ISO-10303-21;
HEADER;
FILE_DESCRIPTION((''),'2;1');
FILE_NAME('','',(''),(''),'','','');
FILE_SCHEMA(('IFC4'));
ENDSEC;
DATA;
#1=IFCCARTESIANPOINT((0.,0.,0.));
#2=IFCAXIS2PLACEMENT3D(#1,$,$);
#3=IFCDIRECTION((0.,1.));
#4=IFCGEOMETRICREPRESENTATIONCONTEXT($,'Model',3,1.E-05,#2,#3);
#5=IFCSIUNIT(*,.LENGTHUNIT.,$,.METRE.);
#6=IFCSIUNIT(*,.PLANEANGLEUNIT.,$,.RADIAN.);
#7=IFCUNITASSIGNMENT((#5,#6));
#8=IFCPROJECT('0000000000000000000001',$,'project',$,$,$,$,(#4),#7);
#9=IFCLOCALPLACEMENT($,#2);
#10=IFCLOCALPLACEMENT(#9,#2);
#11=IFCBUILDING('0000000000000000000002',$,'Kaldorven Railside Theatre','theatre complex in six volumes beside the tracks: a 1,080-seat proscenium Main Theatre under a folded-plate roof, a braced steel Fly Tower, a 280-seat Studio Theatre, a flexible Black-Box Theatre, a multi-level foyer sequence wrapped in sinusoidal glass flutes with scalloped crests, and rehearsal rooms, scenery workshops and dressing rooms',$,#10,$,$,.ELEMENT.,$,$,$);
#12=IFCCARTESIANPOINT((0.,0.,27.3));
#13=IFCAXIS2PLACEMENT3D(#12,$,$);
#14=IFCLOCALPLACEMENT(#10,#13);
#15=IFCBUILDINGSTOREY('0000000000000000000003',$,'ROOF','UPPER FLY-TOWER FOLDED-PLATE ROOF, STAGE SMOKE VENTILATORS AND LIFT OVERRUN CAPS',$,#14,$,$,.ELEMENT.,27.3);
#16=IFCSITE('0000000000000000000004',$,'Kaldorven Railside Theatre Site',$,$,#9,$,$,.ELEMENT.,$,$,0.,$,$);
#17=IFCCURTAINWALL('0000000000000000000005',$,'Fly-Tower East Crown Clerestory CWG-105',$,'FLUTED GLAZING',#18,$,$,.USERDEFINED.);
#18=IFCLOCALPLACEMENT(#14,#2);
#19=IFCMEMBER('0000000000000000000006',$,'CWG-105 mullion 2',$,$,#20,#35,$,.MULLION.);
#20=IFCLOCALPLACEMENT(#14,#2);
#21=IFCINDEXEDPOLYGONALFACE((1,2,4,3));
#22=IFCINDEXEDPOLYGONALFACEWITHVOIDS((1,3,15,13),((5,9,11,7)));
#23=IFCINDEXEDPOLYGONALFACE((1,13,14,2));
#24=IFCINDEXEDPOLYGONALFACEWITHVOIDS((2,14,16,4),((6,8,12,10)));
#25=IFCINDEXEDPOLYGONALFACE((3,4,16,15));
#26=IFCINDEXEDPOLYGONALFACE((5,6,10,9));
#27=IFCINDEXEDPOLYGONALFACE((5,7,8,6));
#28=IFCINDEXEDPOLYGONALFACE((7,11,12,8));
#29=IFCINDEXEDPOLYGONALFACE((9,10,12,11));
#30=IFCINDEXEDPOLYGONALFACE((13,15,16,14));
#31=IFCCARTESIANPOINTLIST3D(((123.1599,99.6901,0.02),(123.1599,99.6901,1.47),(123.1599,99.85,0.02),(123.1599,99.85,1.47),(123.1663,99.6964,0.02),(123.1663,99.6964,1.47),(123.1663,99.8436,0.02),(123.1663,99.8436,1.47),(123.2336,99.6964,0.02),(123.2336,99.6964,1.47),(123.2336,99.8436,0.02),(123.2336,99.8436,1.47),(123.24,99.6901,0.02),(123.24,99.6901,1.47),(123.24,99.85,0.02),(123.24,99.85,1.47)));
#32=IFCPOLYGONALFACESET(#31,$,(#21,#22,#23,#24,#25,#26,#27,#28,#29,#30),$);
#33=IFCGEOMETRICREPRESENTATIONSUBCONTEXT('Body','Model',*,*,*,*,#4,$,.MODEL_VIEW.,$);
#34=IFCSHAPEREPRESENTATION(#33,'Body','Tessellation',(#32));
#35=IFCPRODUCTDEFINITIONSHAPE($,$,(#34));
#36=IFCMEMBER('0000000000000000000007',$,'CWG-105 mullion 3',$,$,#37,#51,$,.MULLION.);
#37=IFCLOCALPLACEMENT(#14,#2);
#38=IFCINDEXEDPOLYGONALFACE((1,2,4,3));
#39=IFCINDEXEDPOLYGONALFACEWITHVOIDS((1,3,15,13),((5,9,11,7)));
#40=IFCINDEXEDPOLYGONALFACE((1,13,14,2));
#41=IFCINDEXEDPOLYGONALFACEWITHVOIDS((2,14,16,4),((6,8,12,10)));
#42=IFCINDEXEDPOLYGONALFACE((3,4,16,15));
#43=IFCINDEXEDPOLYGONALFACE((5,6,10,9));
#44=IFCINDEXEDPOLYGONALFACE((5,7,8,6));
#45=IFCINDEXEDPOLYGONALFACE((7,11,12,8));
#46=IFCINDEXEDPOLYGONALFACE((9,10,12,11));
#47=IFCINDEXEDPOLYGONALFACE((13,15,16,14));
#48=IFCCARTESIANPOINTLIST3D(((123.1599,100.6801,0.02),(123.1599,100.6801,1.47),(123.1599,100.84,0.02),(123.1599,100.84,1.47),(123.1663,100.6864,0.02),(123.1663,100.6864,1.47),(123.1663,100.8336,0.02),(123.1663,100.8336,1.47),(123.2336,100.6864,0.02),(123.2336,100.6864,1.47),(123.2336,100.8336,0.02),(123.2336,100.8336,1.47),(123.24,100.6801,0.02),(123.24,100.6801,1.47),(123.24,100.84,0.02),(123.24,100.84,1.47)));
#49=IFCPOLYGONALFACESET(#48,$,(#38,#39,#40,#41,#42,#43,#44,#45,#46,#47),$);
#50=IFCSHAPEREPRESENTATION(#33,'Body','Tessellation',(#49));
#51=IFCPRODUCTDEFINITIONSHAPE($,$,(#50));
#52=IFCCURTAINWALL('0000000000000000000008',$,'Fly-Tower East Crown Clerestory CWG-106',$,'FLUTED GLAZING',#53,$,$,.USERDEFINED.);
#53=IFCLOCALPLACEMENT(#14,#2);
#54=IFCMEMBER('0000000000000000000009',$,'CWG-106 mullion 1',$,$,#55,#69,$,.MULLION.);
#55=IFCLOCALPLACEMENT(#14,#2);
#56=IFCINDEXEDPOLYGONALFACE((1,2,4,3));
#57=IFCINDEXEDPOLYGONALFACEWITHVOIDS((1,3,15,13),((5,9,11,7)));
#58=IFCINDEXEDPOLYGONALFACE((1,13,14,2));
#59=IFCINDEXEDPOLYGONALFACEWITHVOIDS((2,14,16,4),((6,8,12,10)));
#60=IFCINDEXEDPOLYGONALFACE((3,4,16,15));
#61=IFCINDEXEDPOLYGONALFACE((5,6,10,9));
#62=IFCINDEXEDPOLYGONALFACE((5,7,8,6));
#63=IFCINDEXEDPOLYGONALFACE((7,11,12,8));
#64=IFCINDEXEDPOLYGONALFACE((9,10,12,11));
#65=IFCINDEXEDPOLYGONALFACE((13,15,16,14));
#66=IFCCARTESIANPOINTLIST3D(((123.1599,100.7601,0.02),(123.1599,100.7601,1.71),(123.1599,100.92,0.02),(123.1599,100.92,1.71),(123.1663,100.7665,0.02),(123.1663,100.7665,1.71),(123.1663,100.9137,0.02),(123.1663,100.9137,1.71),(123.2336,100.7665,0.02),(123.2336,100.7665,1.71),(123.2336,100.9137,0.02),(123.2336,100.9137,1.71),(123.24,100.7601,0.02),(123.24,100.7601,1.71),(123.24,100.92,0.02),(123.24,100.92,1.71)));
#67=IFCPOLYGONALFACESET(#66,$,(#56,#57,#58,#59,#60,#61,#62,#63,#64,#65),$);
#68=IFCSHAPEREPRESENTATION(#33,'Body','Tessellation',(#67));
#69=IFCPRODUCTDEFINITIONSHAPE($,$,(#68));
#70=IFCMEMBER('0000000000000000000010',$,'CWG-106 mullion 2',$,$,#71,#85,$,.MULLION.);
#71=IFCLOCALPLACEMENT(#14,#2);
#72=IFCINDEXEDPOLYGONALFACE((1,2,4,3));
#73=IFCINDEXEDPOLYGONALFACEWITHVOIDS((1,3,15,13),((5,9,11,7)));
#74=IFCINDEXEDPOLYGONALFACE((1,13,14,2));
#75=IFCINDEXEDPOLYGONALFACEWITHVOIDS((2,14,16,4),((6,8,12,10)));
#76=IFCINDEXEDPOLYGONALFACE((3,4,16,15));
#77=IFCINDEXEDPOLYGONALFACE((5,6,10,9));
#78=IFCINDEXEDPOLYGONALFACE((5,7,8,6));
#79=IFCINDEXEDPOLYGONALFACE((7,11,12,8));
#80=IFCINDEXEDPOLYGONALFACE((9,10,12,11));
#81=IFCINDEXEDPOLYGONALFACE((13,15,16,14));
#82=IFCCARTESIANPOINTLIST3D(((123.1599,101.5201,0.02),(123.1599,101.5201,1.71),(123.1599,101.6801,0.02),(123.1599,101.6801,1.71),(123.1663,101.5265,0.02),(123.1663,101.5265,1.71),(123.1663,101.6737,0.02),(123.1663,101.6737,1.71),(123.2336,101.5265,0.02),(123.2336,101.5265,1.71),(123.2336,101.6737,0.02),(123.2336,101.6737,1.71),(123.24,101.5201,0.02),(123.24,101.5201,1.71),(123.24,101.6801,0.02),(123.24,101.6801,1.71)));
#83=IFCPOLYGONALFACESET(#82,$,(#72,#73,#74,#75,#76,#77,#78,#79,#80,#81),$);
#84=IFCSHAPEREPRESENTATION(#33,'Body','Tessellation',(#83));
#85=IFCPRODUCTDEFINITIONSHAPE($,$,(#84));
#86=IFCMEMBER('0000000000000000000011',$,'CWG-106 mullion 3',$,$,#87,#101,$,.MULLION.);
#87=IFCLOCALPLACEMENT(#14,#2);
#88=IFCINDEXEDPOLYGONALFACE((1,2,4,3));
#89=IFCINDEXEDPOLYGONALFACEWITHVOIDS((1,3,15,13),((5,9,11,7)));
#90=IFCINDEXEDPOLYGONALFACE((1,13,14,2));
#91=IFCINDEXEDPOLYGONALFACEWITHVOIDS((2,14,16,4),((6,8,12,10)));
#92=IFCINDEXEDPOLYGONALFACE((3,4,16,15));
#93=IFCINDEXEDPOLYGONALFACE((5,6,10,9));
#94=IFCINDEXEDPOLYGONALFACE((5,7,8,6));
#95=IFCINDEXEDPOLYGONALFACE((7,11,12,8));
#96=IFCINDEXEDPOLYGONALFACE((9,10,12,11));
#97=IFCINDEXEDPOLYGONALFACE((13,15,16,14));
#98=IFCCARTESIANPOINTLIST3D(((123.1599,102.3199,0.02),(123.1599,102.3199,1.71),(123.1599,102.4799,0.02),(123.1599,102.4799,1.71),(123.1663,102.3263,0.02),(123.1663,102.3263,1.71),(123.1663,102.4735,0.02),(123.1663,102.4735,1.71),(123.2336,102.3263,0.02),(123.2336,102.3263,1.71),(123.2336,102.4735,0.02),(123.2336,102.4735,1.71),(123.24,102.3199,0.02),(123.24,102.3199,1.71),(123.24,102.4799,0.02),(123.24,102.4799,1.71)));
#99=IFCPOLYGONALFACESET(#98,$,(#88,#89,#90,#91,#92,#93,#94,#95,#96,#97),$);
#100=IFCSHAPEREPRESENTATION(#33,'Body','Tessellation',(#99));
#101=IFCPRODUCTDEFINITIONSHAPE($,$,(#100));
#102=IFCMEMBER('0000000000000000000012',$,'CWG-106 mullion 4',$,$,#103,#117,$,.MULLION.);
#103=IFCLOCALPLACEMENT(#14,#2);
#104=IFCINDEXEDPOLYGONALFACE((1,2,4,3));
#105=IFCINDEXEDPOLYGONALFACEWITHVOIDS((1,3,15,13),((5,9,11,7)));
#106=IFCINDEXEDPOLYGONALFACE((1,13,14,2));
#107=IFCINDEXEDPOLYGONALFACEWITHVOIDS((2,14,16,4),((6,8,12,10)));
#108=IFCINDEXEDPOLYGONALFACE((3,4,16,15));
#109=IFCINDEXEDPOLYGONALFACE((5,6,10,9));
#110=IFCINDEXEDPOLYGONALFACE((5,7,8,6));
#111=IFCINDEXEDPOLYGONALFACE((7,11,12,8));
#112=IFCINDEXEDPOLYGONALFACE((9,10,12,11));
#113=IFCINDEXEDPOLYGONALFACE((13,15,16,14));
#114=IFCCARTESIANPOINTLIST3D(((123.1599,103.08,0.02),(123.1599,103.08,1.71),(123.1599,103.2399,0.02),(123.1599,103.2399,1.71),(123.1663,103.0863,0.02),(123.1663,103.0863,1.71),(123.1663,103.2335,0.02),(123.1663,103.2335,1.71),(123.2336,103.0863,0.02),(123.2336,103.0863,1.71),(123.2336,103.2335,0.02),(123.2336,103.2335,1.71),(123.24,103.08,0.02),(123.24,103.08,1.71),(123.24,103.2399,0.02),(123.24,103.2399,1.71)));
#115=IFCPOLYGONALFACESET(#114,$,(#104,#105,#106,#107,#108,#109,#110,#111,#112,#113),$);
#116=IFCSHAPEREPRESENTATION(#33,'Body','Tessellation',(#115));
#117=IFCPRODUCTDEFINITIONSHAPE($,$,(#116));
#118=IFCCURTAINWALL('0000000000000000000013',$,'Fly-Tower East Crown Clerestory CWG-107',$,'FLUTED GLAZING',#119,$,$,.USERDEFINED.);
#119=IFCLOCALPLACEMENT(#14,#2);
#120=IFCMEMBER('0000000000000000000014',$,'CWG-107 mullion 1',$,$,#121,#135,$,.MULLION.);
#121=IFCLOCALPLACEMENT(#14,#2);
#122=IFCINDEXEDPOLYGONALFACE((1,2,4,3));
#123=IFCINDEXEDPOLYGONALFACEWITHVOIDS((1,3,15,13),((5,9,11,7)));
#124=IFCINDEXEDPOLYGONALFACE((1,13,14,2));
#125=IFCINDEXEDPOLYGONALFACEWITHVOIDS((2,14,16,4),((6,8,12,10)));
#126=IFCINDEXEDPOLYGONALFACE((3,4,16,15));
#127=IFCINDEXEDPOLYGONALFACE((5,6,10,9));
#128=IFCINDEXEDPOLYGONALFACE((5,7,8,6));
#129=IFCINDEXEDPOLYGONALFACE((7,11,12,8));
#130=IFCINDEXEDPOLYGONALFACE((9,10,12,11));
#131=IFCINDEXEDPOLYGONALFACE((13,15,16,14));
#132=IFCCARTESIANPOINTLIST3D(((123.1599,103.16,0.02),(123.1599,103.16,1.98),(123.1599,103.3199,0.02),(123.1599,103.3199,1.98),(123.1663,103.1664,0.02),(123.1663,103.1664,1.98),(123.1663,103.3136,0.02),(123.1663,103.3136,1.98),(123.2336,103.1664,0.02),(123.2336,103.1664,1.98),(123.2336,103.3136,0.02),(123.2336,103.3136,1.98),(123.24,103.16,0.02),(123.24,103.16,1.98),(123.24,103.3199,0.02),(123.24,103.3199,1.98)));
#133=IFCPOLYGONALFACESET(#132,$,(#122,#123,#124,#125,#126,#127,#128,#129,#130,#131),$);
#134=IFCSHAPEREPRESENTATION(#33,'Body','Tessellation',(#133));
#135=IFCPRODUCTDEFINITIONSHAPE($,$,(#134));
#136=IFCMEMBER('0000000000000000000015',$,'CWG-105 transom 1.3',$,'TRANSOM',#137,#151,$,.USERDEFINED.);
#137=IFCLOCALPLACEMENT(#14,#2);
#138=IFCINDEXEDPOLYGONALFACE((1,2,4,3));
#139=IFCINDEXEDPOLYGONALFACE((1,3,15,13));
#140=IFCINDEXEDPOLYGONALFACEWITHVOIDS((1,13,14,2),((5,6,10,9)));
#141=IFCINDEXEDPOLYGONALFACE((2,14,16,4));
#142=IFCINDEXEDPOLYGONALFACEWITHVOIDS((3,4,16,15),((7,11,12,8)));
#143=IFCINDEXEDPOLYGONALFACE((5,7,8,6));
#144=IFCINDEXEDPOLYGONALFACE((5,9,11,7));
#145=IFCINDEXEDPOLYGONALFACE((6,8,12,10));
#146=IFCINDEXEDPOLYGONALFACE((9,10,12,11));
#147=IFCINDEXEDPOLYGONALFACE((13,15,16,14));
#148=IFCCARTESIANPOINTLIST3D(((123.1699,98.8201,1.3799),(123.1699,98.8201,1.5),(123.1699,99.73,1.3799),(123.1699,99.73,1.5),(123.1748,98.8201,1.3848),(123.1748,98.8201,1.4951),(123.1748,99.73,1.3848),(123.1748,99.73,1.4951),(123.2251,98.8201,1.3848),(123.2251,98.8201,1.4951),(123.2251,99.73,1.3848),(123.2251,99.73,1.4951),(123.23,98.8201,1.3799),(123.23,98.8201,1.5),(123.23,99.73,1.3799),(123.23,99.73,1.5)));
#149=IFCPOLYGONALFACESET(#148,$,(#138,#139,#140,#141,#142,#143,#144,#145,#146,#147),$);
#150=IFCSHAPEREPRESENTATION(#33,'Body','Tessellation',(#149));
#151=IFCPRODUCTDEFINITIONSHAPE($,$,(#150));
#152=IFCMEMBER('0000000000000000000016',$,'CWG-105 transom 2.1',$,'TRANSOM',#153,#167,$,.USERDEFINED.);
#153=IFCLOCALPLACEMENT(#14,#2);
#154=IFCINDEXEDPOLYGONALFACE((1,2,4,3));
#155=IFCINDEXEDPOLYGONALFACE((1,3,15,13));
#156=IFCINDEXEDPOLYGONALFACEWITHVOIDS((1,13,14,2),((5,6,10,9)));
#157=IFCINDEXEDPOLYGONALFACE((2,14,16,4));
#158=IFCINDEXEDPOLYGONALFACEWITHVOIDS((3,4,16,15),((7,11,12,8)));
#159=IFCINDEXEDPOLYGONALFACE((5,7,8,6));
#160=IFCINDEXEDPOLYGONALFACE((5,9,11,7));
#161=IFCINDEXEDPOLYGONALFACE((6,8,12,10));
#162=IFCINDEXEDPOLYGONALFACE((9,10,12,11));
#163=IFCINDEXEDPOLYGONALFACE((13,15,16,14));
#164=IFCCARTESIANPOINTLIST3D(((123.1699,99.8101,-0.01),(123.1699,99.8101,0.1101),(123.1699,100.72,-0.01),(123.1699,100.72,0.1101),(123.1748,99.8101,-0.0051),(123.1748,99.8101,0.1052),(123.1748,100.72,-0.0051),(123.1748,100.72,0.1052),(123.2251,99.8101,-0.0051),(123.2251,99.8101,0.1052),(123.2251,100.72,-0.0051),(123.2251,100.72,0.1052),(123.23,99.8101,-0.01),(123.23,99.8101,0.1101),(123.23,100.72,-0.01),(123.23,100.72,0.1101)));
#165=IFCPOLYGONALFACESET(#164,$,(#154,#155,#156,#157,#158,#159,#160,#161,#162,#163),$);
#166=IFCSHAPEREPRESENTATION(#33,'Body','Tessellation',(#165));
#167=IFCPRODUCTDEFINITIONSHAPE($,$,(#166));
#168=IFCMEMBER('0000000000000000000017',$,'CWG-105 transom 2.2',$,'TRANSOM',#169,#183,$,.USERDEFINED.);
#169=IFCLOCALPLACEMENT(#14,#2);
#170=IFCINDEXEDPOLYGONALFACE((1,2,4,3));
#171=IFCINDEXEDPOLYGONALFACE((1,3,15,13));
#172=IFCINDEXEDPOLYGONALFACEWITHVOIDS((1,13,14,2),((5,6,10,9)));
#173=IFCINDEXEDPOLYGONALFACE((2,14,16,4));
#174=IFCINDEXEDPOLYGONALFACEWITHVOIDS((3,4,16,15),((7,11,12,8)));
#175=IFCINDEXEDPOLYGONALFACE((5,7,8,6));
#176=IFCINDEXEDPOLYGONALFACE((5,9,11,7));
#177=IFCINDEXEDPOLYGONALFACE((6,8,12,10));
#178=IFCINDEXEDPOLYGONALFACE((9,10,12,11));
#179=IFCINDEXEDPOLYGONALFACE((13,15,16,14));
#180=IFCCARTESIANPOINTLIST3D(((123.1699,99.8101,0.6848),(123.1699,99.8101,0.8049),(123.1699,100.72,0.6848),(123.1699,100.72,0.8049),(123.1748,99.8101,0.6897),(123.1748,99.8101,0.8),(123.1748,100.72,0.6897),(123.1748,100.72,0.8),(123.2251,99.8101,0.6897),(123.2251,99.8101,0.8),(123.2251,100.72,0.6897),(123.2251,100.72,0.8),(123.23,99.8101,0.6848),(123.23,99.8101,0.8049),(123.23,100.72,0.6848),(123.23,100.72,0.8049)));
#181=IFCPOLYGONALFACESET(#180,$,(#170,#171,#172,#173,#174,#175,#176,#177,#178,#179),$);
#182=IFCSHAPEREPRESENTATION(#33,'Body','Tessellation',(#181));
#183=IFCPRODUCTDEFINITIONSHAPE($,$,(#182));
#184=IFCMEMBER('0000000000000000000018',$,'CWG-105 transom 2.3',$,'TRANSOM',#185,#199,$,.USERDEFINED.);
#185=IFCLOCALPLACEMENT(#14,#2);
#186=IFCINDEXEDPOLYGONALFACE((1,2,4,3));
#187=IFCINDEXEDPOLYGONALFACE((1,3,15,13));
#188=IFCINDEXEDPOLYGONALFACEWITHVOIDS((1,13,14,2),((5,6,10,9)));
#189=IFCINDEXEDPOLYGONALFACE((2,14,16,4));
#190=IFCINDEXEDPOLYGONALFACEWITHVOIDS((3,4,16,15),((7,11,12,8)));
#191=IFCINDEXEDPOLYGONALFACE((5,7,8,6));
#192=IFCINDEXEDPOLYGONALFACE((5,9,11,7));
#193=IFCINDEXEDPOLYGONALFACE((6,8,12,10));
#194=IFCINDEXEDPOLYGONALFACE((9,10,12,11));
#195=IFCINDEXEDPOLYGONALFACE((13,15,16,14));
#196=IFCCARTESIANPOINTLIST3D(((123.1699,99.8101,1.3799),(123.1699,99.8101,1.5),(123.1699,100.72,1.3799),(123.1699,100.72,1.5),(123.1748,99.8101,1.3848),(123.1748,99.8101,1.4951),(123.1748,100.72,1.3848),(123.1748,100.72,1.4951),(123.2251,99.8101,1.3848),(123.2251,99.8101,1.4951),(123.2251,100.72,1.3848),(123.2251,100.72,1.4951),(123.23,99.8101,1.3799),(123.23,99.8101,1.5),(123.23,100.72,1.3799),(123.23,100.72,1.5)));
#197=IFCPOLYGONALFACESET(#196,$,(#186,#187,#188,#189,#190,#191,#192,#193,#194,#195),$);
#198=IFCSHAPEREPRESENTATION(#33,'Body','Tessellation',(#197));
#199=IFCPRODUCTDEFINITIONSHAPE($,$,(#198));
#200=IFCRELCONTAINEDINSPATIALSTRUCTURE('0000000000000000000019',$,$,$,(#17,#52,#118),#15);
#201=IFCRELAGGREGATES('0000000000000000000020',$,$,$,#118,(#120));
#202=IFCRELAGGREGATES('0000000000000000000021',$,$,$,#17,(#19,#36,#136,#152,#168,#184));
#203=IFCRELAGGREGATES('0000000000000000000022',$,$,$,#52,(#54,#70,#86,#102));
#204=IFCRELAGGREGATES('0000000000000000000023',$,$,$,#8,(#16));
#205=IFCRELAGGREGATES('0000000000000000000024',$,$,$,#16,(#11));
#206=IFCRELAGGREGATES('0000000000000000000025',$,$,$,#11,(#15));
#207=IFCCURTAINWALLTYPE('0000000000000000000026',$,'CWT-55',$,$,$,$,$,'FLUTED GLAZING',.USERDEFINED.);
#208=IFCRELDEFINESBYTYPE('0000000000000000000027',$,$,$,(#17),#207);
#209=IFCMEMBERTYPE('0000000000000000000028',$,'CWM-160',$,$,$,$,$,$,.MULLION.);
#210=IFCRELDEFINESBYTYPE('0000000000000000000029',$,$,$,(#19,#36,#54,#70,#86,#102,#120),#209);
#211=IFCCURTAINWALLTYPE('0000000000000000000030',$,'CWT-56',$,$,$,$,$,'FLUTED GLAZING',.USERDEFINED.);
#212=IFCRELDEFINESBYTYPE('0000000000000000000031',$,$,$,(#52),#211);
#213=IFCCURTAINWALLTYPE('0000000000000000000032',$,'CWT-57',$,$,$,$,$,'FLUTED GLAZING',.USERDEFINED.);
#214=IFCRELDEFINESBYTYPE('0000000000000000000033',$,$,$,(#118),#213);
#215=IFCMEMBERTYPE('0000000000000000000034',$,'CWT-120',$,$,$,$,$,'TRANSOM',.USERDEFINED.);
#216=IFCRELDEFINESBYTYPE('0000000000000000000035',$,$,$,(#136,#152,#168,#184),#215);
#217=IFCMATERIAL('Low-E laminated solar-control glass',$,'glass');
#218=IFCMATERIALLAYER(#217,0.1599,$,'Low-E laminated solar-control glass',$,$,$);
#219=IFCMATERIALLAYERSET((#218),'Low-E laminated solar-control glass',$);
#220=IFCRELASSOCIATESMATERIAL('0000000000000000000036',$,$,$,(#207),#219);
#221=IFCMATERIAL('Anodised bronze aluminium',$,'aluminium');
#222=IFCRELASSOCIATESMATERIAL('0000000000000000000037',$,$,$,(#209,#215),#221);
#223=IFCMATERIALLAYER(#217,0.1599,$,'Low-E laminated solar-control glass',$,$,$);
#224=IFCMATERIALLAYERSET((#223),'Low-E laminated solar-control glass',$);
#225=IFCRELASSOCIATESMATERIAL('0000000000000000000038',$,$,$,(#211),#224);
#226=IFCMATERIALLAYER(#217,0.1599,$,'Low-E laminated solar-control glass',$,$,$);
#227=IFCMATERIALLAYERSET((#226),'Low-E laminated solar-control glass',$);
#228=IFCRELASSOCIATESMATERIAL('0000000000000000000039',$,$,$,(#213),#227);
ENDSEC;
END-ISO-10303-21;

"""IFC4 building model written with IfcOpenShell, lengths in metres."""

from ifc_helpers import new_model, si_unit, direction, frame, origin, origin_2d, place, context, subcontext, project, spatial, hollow_rectangle, extrude, material, layer, layer_set, material_profile, profile_set, type_object, element, aggregate, save


model = new_model("IFC4")

# Units and contexts
model_context = context("Model", 3, precision=1e-05, world=origin(), true_north=direction((0.0, 1.0)))
body_context = subcontext(model_context, "Body", "Model", "MODEL_VIEW")
ifc_project = project(units=[si_unit("LENGTHUNIT", "METRE"), si_unit("PLANEANGLEUNIT", "RADIAN")], contexts=[model_context])

# Site, building, storey
site_placement = place(None, origin())
site = spatial("IfcSite", under=ifc_project, at=site_placement, Name="Kaldorven Railside Theatre Site", CompositionType="ELEMENT", RefElevation=0.0)
building_placement = place(site_placement, origin())
building = spatial("IfcBuilding", under=site, at=building_placement, Name="Kaldorven Railside Theatre", Description="theatre complex in six volumes beside the tracks: a 1,080-seat proscenium Main Theatre under a folded-plate roof, a braced steel Fly Tower, a 280-seat Studio Theatre, a flexible Black-Box Theatre, a multi-level foyer sequence wrapped in sinusoidal glass flutes with scalloped crests, and rehearsal rooms, scenery workshops and dressing rooms", CompositionType="ELEMENT")
storey_placement = place(building_placement, frame((0.0, 0.0, 27.3)))
storey = spatial("IfcBuildingStorey", under=building, at=storey_placement, Name="ROOF", Description="UPPER FLY-TOWER FOLDED-PLATE ROOF, STAGE SMOKE VENTILATORS AND LIFT OVERRUN CAPS", CompositionType="ELEMENT", Elevation=27.3)

# Curtain walls, members
ifc_material_1 = material(Name="Low-E laminated solar-control glass", Category="glass")
ifc_layer_1 = layer(ifc_material_1, 0.1599, Name="Low-E laminated solar-control glass")
ifc_layer_set_1 = layer_set([ifc_layer_1], Name="Low-E laminated solar-control glass")
curtain_wall_type_1 = type_object("IfcCurtainWallType", Name="CWT-55", ElementType="FLUTED GLAZING", PredefinedType="USERDEFINED", material=ifc_layer_set_1)
curtain_wall_1_placement = place(storey_placement, origin())
curtain_wall_1 = element("IfcCurtainWall", 1, at=curtain_wall_1_placement, inside=storey, type_object=curtain_wall_type_1, Name="Fly-Tower East Crown Clerestory CWG-105", ObjectType="FLUTED GLAZING", PredefinedType="USERDEFINED")
ifc_material_2 = material(Name="Anodised bronze aluminium", Category="aluminium")
ifc_material_profile_1 = material_profile(ifc_material_2, hollow_rectangle(XDim=0.0801, YDim=0.1599, WallThickness=0.0063, at=origin_2d()), Name="RHS 160x80x6.3")
ifc_profile_set_1 = profile_set([ifc_material_profile_1], Name="Anodised bronze aluminium")
member_type_1 = type_object("IfcMemberType", Name="CWM-160", PredefinedType="MULLION", material=ifc_profile_set_1)
member_1_placement = place(storey_placement, frame((123.2, 99.77, 0.02), z_axis=(0.0, 0.0, 1.0), x_axis=(-1.0, 0.0, 0.0)))
member_1 = element("IfcMember", 2, at=member_1_placement, type_object=member_type_1, Name="CWG-105 mullion 2", PredefinedType="MULLION", context=body_context, shape_type="SweptSolid", body=[
    extrude(hollow_rectangle(XDim=0.0801, YDim=0.1599, WallThickness=0.0063, at=origin_2d()), origin(), (0.0, 0.0, 1.0), 1.45),
])
member_2_placement = place(storey_placement, frame((123.2, 100.76, 0.02), z_axis=(0.0, 0.0, 1.0), x_axis=(-1.0, 0.0, 0.0)))
member_2 = element("IfcMember", 3, at=member_2_placement, type_object=member_type_1, Name="CWG-105 mullion 3", PredefinedType="MULLION", context=body_context, shape_type="SweptSolid", body=[
    extrude(hollow_rectangle(XDim=0.0801, YDim=0.1599, WallThickness=0.0063, at=origin_2d()), origin(), (0.0, 0.0, 1.0), 1.45),
])
ifc_layer_2 = layer(ifc_material_1, 0.1599, Name="Low-E laminated solar-control glass")
ifc_layer_set_2 = layer_set([ifc_layer_2], Name="Low-E laminated solar-control glass")
curtain_wall_type_2 = type_object("IfcCurtainWallType", Name="CWT-56", ElementType="FLUTED GLAZING", PredefinedType="USERDEFINED", material=ifc_layer_set_2)
curtain_wall_2_placement = place(storey_placement, origin())
curtain_wall_2 = element("IfcCurtainWall", 4, at=curtain_wall_2_placement, inside=storey, type_object=curtain_wall_type_2, Name="Fly-Tower East Crown Clerestory CWG-106", ObjectType="FLUTED GLAZING", PredefinedType="USERDEFINED")
member_3_placement = place(storey_placement, frame((123.2, 100.8401, 0.02), z_axis=(0.0, 0.0, 1.0), x_axis=(-1.0, 0.0, 0.0)))
member_3 = element("IfcMember", 5, at=member_3_placement, type_object=member_type_1, Name="CWG-106 mullion 1", PredefinedType="MULLION", context=body_context, shape_type="SweptSolid", body=[
    extrude(hollow_rectangle(XDim=0.0801, YDim=0.1599, WallThickness=0.0063, at=origin_2d()), origin(), (0.0, 0.0, 1.0), 1.6899),
])
member_4_placement = place(storey_placement, frame((123.2, 101.6001, 0.02), z_axis=(0.0, 0.0, 1.0), x_axis=(-1.0, 0.0, 0.0)))
member_4 = element("IfcMember", 6, at=member_4_placement, type_object=member_type_1, Name="CWG-106 mullion 2", PredefinedType="MULLION", context=body_context, shape_type="SweptSolid", body=[
    extrude(hollow_rectangle(XDim=0.0801, YDim=0.1599, WallThickness=0.0063, at=origin_2d()), origin(), (0.0, 0.0, 1.0), 1.6899),
])
member_5_placement = place(storey_placement, frame((123.2, 102.3999, 0.02), z_axis=(0.0, 0.0, 1.0), x_axis=(-1.0, 0.0, 0.0)))
member_5 = element("IfcMember", 7, at=member_5_placement, type_object=member_type_1, Name="CWG-106 mullion 3", PredefinedType="MULLION", context=body_context, shape_type="SweptSolid", body=[
    extrude(hollow_rectangle(XDim=0.0801, YDim=0.1599, WallThickness=0.0063, at=origin_2d()), origin(), (0.0, 0.0, 1.0), 1.6899),
])
member_6_placement = place(storey_placement, frame((123.2, 103.1599, 0.02), z_axis=(0.0, 0.0, 1.0), x_axis=(-1.0, 0.0, 0.0)))
member_6 = element("IfcMember", 8, at=member_6_placement, type_object=member_type_1, Name="CWG-106 mullion 4", PredefinedType="MULLION", context=body_context, shape_type="SweptSolid", body=[
    extrude(hollow_rectangle(XDim=0.0801, YDim=0.1599, WallThickness=0.0063, at=origin_2d()), origin(), (0.0, 0.0, 1.0), 1.6899),
])

# Curtain wall, member
ifc_layer_3 = layer(ifc_material_1, 0.1599, Name="Low-E laminated solar-control glass")
ifc_layer_set_3 = layer_set([ifc_layer_3], Name="Low-E laminated solar-control glass")
curtain_wall_type_3 = type_object("IfcCurtainWallType", Name="CWT-57", ElementType="FLUTED GLAZING", PredefinedType="USERDEFINED", material=ifc_layer_set_3)
curtain_wall_3_placement = place(storey_placement, origin())
curtain_wall_3 = element("IfcCurtainWall", 9, at=curtain_wall_3_placement, inside=storey, type_object=curtain_wall_type_3, Name="Fly-Tower East Crown Clerestory CWG-107", ObjectType="FLUTED GLAZING", PredefinedType="USERDEFINED")
member_7_placement = place(storey_placement, frame((123.2, 103.24, 0.02), z_axis=(0.0, 0.0, 1.0), x_axis=(-1.0, 0.0, 0.0)))
member_7 = element("IfcMember", 10, at=member_7_placement, type_object=member_type_1, Name="CWG-107 mullion 1", PredefinedType="MULLION", context=body_context, shape_type="SweptSolid", body=[
    extrude(hollow_rectangle(XDim=0.0801, YDim=0.1599, WallThickness=0.0063, at=origin_2d()), origin(), (0.0, 0.0, 1.0), 1.96),
])
aggregate(curtain_wall_3, [member_7])

# Members
ifc_material_profile_2 = material_profile(ifc_material_2, hollow_rectangle(XDim=0.0601, YDim=0.1201, WallThickness=0.0049, at=origin_2d()), Name="RHS 120x60x5")
ifc_profile_set_2 = profile_set([ifc_material_profile_2], Name="Anodised bronze aluminium")
member_type_2 = type_object("IfcMemberType", Name="CWT-120", ElementType="TRANSOM", PredefinedType="USERDEFINED", material=ifc_profile_set_2)
member_8_placement = place(storey_placement, frame((123.2, 98.8201, 1.4399), z_axis=(0.0, 1.0, 0.0), x_axis=(-1.0, 0.0, 0.0)))
member_8 = element("IfcMember", 11, at=member_8_placement, type_object=member_type_2, Name="CWG-105 transom 1.3", ObjectType="TRANSOM", PredefinedType="USERDEFINED", context=body_context, shape_type="SweptSolid", body=[
    extrude(hollow_rectangle(XDim=0.0601, YDim=0.1201, WallThickness=0.0049, at=origin_2d()), origin(), (0.0, 0.0, 1.0), 0.9099),
])
member_9_placement = place(storey_placement, frame((123.2, 99.8101, 0.05), z_axis=(0.0, 1.0, 0.0), x_axis=(-1.0, 0.0, 0.0)))
member_9 = element("IfcMember", 12, at=member_9_placement, type_object=member_type_2, Name="CWG-105 transom 2.1", ObjectType="TRANSOM", PredefinedType="USERDEFINED", context=body_context, shape_type="SweptSolid", body=[
    extrude(hollow_rectangle(XDim=0.0601, YDim=0.1201, WallThickness=0.0049, at=origin_2d()), origin(), (0.0, 0.0, 1.0), 0.9099),
])
member_10_placement = place(storey_placement, frame((123.2, 99.8101, 0.7449), z_axis=(0.0, 1.0, 0.0), x_axis=(-1.0, 0.0, 0.0)))
member_10 = element("IfcMember", 13, at=member_10_placement, type_object=member_type_2, Name="CWG-105 transom 2.2", ObjectType="TRANSOM", PredefinedType="USERDEFINED", context=body_context, shape_type="SweptSolid", body=[
    extrude(hollow_rectangle(XDim=0.0601, YDim=0.1201, WallThickness=0.0049, at=origin_2d()), origin(), (0.0, 0.0, 1.0), 0.9099),
])
member_11_placement = place(storey_placement, frame((123.2, 99.8101, 1.4399), z_axis=(0.0, 1.0, 0.0), x_axis=(-1.0, 0.0, 0.0)))
member_11 = element("IfcMember", 14, at=member_11_placement, type_object=member_type_2, Name="CWG-105 transom 2.3", ObjectType="TRANSOM", PredefinedType="USERDEFINED", context=body_context, shape_type="SweptSolid", body=[
    extrude(hollow_rectangle(XDim=0.0601, YDim=0.1201, WallThickness=0.0049, at=origin_2d()), origin(), (0.0, 0.0, 1.0), 0.9099),
])

aggregate(curtain_wall_1, [member_1, member_2, member_8, member_9, member_10, member_11])
aggregate(curtain_wall_2, [member_3, member_4, member_5, member_6])

save(model, "model.ifc")
